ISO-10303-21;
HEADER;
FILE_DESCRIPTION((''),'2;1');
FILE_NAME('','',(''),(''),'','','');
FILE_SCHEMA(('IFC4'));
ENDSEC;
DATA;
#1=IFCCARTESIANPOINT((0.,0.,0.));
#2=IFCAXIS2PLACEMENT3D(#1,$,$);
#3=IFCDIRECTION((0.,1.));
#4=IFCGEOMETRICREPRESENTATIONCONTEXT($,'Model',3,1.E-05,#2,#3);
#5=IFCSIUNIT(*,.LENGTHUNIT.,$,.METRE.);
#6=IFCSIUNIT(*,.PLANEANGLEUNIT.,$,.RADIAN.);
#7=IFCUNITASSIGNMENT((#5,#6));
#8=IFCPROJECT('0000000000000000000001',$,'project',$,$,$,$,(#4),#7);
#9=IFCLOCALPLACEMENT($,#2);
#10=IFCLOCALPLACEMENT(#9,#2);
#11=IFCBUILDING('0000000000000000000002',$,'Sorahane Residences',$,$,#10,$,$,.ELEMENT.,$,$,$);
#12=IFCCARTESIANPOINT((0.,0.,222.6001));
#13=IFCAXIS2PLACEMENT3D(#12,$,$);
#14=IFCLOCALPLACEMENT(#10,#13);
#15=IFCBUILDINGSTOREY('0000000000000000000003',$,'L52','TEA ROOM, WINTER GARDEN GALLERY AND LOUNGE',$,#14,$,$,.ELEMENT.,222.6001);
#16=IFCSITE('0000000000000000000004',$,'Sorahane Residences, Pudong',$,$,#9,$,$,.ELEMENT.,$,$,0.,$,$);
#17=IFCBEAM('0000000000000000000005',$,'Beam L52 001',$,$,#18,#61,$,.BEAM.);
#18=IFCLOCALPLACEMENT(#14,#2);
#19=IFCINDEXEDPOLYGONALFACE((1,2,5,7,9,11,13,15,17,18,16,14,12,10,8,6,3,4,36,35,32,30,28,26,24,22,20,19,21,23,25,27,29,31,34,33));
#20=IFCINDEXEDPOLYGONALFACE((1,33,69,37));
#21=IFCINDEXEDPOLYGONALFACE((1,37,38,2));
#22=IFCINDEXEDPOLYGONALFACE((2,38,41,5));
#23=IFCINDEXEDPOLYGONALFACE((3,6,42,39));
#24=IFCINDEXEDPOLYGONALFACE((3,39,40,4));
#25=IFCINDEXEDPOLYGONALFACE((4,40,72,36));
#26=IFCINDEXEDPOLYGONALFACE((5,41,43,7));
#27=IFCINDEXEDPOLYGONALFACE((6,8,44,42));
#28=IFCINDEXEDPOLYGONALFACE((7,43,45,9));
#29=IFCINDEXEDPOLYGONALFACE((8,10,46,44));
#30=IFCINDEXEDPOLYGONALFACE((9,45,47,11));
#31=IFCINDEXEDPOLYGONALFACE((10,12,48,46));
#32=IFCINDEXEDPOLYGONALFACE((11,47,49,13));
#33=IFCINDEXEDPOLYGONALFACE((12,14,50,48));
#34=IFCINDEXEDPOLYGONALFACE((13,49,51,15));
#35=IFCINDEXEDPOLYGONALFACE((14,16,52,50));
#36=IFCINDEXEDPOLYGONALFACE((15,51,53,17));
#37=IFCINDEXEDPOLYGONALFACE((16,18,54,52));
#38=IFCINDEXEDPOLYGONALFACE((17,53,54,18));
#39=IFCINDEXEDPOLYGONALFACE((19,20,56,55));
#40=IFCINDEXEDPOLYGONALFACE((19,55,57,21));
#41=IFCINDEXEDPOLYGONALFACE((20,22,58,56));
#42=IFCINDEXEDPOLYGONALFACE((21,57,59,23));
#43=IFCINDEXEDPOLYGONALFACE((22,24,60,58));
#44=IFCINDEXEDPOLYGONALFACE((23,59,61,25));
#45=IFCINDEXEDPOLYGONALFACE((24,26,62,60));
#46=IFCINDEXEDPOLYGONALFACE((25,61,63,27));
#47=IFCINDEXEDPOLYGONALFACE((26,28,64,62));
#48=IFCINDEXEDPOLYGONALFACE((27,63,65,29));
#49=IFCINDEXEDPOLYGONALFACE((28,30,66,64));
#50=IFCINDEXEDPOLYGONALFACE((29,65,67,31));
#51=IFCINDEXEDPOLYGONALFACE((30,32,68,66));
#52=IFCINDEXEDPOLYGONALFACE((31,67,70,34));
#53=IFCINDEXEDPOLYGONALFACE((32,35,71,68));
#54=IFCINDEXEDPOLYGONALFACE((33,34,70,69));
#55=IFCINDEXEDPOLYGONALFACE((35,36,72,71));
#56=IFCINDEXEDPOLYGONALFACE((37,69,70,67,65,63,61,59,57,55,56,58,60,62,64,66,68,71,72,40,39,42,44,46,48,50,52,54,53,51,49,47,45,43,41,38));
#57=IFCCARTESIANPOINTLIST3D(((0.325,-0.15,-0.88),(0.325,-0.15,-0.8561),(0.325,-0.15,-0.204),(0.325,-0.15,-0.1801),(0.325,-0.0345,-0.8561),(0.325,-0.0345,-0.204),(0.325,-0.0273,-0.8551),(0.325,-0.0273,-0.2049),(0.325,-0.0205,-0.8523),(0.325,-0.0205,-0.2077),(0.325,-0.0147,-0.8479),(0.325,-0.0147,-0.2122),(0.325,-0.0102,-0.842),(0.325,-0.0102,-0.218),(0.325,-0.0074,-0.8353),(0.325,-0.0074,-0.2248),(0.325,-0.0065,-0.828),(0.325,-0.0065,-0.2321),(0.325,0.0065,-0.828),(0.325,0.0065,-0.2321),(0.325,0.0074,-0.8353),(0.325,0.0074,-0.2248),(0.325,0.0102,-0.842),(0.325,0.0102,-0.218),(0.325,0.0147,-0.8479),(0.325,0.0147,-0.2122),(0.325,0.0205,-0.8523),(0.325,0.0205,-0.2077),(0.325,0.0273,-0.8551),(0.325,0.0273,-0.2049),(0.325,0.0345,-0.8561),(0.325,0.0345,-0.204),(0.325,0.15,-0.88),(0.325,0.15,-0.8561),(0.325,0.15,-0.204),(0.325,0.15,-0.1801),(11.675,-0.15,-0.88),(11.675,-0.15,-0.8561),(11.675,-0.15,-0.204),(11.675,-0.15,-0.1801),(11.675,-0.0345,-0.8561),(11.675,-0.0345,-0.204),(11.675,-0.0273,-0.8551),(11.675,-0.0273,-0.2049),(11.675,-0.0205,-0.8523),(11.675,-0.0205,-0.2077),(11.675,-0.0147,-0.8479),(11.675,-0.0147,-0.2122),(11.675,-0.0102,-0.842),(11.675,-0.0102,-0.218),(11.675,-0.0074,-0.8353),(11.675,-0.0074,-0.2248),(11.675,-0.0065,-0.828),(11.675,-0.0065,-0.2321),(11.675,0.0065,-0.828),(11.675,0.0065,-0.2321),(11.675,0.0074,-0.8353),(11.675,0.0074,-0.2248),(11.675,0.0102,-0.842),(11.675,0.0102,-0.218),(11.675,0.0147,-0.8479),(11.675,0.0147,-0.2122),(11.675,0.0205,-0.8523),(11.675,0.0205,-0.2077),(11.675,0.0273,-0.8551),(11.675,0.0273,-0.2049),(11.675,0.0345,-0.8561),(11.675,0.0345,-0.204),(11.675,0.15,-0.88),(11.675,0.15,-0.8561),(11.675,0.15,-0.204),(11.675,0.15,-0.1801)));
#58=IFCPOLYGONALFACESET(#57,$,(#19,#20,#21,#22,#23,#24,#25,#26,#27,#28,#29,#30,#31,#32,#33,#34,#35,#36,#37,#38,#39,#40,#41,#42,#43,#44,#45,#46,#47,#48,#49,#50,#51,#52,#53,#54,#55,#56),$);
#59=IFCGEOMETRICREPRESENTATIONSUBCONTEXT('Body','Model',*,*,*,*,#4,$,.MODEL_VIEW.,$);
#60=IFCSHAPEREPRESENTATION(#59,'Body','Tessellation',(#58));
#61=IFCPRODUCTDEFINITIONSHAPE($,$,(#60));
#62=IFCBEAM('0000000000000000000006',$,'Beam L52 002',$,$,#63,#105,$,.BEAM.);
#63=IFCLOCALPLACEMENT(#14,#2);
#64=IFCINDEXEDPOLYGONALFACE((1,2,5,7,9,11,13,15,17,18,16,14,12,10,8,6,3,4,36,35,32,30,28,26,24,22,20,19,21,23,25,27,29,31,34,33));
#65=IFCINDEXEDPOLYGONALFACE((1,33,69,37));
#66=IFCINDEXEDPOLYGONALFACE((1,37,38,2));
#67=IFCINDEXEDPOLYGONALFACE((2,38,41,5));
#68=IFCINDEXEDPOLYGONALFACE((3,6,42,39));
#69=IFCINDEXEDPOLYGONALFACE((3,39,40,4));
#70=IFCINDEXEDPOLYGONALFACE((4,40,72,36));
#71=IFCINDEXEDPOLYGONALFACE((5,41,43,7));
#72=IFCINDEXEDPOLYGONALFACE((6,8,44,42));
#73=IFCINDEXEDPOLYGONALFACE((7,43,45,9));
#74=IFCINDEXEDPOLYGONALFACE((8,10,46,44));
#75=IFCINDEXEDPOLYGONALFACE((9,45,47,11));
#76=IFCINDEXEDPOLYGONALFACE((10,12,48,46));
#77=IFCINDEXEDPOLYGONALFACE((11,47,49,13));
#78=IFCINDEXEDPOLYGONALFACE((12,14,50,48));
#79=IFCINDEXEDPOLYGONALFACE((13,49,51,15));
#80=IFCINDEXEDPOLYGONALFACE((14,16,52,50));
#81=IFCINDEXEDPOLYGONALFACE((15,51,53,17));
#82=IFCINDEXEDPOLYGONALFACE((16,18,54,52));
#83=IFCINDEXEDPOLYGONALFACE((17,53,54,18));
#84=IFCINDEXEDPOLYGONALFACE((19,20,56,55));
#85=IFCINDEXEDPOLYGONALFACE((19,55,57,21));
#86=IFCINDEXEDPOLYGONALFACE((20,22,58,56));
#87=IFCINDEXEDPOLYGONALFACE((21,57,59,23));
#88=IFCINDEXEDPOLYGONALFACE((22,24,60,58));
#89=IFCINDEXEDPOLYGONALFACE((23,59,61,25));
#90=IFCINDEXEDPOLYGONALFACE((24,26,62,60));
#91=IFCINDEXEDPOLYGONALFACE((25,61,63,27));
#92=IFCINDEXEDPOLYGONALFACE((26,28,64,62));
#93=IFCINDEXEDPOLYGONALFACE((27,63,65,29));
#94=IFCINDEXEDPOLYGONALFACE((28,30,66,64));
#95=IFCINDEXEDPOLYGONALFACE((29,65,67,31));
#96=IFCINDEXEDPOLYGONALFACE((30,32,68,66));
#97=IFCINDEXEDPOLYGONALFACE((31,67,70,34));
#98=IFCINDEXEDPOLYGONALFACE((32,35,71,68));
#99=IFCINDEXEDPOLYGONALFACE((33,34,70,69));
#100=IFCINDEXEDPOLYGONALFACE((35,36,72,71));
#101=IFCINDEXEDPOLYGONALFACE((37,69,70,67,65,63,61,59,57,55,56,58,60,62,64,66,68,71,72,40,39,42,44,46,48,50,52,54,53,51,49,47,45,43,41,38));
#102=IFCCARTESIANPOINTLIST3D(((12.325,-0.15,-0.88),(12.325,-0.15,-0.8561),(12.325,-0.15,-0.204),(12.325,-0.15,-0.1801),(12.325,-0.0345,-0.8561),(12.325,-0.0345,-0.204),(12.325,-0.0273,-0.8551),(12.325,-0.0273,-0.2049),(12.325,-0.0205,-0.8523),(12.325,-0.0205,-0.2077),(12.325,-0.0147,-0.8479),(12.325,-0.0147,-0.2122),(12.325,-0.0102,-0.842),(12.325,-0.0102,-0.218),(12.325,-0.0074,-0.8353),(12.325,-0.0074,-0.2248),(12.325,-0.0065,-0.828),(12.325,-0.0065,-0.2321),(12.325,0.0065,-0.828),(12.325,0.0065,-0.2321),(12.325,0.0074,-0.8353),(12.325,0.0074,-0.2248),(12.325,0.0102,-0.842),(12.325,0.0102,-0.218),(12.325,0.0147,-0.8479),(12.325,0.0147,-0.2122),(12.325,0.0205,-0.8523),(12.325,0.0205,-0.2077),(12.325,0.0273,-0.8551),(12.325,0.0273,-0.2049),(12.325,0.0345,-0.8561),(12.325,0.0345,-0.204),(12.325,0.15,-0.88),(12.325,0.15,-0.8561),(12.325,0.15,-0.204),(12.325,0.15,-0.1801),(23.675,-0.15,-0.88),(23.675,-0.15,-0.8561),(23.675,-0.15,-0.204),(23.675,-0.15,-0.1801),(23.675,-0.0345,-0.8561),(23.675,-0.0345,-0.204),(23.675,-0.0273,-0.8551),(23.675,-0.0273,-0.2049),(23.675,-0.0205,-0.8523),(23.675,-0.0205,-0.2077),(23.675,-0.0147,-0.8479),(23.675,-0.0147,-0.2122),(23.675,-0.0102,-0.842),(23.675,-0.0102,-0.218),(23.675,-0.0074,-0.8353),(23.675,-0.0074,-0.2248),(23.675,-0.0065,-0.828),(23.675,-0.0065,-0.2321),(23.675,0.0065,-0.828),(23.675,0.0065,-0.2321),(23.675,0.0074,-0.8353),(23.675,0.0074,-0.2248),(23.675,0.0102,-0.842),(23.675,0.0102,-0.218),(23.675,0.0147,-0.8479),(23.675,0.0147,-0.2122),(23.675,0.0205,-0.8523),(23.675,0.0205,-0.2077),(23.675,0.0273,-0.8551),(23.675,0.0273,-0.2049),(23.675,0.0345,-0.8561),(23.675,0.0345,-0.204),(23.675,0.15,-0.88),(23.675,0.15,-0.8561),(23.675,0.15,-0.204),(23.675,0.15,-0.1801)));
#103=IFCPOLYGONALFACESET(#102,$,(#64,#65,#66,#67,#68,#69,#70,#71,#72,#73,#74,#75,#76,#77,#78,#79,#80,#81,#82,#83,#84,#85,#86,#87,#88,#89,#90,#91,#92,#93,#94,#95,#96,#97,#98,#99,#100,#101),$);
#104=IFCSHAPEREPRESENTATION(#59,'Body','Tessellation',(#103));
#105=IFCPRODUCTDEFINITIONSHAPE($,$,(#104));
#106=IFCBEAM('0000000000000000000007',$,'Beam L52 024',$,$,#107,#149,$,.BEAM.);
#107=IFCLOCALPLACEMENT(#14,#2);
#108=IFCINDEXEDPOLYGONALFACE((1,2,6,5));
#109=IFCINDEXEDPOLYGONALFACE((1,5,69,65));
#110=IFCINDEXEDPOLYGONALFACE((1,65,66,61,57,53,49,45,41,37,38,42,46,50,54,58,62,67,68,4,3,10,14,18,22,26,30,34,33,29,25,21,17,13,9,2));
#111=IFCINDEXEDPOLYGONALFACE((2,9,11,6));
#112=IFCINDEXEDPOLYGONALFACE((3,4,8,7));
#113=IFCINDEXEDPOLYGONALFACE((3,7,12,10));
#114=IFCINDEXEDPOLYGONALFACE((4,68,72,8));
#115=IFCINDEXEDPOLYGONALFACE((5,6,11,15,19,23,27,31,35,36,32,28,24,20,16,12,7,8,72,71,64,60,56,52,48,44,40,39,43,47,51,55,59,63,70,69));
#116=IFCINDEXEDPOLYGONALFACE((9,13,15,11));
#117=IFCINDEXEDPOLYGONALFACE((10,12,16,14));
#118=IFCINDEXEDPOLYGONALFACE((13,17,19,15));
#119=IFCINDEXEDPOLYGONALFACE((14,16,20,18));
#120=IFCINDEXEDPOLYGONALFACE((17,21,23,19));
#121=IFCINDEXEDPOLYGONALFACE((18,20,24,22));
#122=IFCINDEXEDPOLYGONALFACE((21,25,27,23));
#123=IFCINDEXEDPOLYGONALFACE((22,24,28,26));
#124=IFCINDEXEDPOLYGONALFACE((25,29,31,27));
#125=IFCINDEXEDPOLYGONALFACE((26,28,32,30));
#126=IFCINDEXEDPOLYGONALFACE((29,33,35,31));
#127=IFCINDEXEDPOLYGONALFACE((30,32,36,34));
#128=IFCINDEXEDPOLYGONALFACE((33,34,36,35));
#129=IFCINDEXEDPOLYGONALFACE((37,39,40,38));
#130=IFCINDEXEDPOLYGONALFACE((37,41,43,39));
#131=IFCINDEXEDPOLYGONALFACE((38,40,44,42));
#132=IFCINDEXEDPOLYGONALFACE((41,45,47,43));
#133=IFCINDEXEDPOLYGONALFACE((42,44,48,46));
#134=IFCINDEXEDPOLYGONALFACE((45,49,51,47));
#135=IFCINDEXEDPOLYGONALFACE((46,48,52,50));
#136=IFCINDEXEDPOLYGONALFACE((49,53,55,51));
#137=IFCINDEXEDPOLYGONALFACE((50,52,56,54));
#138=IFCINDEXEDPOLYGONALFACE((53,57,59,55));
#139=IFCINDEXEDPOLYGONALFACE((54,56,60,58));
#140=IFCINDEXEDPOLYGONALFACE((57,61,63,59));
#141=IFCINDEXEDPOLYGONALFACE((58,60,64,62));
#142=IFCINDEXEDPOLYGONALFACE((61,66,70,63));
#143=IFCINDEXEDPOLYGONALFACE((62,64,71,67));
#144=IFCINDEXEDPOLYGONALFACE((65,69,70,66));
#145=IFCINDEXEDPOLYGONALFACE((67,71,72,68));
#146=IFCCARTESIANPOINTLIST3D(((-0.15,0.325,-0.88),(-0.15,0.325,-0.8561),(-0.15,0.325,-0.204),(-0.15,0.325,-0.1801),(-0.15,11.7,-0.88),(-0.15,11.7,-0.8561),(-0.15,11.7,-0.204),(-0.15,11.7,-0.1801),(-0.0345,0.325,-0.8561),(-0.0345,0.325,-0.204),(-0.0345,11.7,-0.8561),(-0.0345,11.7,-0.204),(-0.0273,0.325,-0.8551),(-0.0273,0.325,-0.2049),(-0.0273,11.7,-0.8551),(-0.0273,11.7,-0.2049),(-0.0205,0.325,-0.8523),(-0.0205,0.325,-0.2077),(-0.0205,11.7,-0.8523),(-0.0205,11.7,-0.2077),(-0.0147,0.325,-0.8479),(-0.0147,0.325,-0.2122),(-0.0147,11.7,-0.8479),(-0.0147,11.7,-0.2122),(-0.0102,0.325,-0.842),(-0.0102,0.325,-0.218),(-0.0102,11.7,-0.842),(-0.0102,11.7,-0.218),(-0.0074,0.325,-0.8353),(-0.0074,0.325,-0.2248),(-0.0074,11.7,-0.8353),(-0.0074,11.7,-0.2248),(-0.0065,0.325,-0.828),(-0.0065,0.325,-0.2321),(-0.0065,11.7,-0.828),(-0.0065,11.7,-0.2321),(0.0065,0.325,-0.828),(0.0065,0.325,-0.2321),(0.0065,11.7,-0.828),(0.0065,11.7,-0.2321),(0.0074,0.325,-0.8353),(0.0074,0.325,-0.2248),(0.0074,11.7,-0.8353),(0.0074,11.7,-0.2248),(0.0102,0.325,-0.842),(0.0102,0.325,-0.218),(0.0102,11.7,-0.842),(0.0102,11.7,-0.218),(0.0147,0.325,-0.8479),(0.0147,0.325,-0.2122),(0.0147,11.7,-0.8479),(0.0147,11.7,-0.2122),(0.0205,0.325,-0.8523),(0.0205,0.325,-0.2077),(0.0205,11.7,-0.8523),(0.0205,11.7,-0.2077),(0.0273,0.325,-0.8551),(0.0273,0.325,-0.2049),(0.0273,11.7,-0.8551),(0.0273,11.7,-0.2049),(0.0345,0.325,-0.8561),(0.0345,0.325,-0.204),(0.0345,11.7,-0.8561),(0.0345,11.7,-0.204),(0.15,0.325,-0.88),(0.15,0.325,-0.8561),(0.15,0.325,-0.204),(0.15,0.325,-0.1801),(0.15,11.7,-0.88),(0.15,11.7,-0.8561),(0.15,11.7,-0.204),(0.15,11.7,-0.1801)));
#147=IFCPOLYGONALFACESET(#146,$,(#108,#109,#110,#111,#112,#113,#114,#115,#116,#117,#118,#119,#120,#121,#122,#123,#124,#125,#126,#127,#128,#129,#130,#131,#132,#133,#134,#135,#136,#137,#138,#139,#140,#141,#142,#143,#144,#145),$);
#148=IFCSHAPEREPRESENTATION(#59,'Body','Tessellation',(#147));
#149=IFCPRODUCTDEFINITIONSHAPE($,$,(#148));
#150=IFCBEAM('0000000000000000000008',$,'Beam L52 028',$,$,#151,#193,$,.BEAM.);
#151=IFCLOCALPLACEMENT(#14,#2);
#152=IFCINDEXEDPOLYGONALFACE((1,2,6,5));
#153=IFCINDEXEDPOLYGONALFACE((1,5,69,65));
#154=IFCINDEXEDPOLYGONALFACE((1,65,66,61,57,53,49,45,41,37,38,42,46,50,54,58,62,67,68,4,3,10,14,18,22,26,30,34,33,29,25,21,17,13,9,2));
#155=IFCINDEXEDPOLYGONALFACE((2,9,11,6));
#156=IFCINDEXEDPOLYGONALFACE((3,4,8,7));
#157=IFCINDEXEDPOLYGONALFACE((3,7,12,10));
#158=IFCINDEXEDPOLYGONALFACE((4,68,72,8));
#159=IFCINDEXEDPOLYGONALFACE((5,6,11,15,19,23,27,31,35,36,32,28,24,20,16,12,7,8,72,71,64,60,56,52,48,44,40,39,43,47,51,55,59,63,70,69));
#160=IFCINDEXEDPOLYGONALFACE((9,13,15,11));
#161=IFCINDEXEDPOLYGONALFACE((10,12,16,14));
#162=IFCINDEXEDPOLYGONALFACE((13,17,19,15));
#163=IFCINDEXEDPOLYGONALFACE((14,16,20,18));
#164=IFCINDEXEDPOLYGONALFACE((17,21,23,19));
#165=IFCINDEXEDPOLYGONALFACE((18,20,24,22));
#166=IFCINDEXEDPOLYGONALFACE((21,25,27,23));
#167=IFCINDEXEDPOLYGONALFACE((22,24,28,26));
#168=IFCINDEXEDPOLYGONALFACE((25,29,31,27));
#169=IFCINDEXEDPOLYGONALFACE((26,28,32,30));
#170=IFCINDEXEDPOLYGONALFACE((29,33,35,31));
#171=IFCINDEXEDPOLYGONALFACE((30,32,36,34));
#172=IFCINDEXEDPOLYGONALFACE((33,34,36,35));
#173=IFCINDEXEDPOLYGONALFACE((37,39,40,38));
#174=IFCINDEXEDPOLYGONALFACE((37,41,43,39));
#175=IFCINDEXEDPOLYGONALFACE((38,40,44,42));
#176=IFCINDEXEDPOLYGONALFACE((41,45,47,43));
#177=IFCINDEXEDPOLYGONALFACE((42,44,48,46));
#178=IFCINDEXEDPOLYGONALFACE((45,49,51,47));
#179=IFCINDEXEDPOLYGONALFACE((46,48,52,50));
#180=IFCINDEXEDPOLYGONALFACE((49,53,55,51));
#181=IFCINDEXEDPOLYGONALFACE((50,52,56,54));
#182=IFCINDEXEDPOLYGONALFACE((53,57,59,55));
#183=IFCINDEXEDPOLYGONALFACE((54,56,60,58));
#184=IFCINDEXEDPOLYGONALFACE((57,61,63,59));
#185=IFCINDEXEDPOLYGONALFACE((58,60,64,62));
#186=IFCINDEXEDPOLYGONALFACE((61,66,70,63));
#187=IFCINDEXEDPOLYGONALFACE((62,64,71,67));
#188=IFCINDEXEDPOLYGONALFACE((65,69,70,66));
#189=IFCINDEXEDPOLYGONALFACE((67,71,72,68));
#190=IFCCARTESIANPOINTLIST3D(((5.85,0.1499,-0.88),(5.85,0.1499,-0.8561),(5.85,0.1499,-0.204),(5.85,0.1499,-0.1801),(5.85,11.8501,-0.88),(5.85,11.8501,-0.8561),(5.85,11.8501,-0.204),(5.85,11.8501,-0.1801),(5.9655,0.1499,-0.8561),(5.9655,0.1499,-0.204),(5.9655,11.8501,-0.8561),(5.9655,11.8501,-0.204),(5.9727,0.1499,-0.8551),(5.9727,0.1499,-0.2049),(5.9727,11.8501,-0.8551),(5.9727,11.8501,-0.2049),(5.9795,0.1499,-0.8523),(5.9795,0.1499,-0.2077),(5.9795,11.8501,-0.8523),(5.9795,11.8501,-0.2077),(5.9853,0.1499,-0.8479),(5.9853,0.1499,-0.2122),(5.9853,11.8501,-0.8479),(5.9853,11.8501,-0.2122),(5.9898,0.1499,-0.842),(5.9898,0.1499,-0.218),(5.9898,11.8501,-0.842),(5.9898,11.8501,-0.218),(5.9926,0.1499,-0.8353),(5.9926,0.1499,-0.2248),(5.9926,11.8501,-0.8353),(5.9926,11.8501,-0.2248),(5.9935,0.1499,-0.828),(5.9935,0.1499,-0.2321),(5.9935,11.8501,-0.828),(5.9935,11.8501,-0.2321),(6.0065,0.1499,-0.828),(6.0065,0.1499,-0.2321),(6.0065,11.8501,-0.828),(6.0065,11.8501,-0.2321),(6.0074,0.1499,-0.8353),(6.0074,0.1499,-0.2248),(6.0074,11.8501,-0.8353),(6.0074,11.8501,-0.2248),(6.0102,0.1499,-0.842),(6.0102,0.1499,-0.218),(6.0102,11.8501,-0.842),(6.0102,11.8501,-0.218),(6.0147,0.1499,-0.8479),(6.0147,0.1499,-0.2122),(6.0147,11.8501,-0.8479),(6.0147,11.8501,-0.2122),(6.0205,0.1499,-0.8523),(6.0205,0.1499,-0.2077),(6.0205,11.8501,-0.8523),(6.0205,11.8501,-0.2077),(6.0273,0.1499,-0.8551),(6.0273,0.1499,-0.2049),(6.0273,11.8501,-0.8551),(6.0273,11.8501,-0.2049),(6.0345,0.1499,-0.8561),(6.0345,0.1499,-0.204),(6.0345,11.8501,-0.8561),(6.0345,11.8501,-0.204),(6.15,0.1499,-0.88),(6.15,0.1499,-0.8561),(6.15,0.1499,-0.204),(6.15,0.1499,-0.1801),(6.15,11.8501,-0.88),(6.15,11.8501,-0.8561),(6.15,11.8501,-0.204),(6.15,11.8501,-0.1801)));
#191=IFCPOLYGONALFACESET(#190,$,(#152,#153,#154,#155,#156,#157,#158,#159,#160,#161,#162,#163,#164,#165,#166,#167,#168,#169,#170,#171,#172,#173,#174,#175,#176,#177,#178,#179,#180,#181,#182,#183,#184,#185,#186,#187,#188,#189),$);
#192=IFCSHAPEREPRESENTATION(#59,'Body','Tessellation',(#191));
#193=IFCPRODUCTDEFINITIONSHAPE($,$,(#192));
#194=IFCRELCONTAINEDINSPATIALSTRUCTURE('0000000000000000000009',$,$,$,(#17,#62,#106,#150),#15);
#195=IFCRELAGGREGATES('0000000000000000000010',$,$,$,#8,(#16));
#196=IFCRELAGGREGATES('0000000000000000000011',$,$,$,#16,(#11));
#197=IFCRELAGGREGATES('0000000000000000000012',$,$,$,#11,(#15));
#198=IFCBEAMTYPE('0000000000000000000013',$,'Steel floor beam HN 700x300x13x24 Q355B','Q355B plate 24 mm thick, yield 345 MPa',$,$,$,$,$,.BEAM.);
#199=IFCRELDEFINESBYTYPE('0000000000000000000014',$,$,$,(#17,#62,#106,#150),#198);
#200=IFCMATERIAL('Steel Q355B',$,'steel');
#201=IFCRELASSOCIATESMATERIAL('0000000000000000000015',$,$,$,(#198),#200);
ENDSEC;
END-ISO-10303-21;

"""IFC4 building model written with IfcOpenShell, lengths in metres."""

from ifc_helpers import new_model, si_unit, direction, frame, origin, origin_2d, place, context, subcontext, project, spatial, i_section, extrude, material, material_profile, profile_set, type_object, element, save


model = new_model("IFC4")

# Units and contexts
model_context = context("Model", 3, precision=1e-05, world=origin(), true_north=direction((0.0, 1.0)))
body_context = subcontext(model_context, "Body", "Model", "MODEL_VIEW")
ifc_project = project(units=[si_unit("LENGTHUNIT", "METRE"), si_unit("PLANEANGLEUNIT", "RADIAN")], contexts=[model_context])

# Site, building, storey
site_placement = place(None, origin())
site = spatial("IfcSite", under=ifc_project, at=site_placement, Name="Sorahane Residences, Pudong", CompositionType="ELEMENT", RefElevation=0.0)
building_placement = place(site_placement, origin())
building = spatial("IfcBuilding", under=site, at=building_placement, Name="Sorahane Residences", CompositionType="ELEMENT")
storey_placement = place(building_placement, frame((0.0, 0.0, 222.6001)))
storey = spatial("IfcBuildingStorey", under=building, at=storey_placement, Name="L52", Description="TEA ROOM, WINTER GARDEN GALLERY AND LOUNGE", CompositionType="ELEMENT", Elevation=222.6001)

# Beams
ifc_material_1 = material(Name="Steel Q355B", Category="steel")
ifc_material_profile_1 = material_profile(ifc_material_1, i_section(OverallWidth=0.3, OverallDepth=0.7, WebThickness=0.0129, FlangeThickness=0.0239, FilletRadius=0.0281, at=origin_2d()), Name="HN 700x300x13x24")
ifc_profile_set_1 = profile_set([ifc_material_profile_1], Name="Steel Q355B")
beam_type_1 = type_object("IfcBeamType", Name="Steel floor beam HN 700x300x13x24 Q355B", Description="Q355B plate 24 mm thick, yield 345 MPa", PredefinedType="BEAM", material=ifc_profile_set_1)
for number, where, z_axis, x_axis, name in (
    (1, (0.325, 0.0, -0.53), (1.0, 0.0, 0.0), (0.0, 1.0, 0.0), "Beam L52 001"),
    (2, (12.325, 0.0, -0.53), (1.0, 0.0, 0.0), (0.0, 1.0, 0.0), "Beam L52 002"),
):
    element("IfcBeam", number, at=place(storey_placement, frame(where, z_axis=z_axis, x_axis=x_axis)), inside=storey, type_object=beam_type_1, Name=name, PredefinedType="BEAM", context=body_context, shape_type="SweptSolid", body=[
        extrude(i_section(OverallWidth=0.3, OverallDepth=0.7, WebThickness=0.0129, FlangeThickness=0.0239, FilletRadius=0.0281, at=origin_2d()), origin(), (0.0, 0.0, 1.0), 11.3501),
    ])
beam_1_placement = place(storey_placement, frame((0.0, 0.325, -0.53), z_axis=(0.0, 1.0, 0.0), x_axis=(-1.0, 0.0, 0.0)))
element("IfcBeam", 3, at=beam_1_placement, inside=storey, type_object=beam_type_1, Name="Beam L52 024", PredefinedType="BEAM", context=body_context, shape_type="SweptSolid", body=[
    extrude(i_section(OverallWidth=0.3, OverallDepth=0.7, WebThickness=0.0129, FlangeThickness=0.0239, FilletRadius=0.0281, at=origin_2d()), origin(), (0.0, 0.0, 1.0), 11.375),
])
beam_2_placement = place(storey_placement, frame((6.0, 0.1499, -0.53), z_axis=(0.0, 1.0, 0.0), x_axis=(-1.0, 0.0, 0.0)))
element("IfcBeam", 4, at=beam_2_placement, inside=storey, type_object=beam_type_1, Name="Beam L52 028", PredefinedType="BEAM", context=body_context, shape_type="SweptSolid", body=[
    extrude(i_section(OverallWidth=0.3, OverallDepth=0.7, WebThickness=0.0129, FlangeThickness=0.0239, FilletRadius=0.0281, at=origin_2d()), origin(), (0.0, 0.0, 1.0), 11.7002),
])

save(model, "model.ifc")
